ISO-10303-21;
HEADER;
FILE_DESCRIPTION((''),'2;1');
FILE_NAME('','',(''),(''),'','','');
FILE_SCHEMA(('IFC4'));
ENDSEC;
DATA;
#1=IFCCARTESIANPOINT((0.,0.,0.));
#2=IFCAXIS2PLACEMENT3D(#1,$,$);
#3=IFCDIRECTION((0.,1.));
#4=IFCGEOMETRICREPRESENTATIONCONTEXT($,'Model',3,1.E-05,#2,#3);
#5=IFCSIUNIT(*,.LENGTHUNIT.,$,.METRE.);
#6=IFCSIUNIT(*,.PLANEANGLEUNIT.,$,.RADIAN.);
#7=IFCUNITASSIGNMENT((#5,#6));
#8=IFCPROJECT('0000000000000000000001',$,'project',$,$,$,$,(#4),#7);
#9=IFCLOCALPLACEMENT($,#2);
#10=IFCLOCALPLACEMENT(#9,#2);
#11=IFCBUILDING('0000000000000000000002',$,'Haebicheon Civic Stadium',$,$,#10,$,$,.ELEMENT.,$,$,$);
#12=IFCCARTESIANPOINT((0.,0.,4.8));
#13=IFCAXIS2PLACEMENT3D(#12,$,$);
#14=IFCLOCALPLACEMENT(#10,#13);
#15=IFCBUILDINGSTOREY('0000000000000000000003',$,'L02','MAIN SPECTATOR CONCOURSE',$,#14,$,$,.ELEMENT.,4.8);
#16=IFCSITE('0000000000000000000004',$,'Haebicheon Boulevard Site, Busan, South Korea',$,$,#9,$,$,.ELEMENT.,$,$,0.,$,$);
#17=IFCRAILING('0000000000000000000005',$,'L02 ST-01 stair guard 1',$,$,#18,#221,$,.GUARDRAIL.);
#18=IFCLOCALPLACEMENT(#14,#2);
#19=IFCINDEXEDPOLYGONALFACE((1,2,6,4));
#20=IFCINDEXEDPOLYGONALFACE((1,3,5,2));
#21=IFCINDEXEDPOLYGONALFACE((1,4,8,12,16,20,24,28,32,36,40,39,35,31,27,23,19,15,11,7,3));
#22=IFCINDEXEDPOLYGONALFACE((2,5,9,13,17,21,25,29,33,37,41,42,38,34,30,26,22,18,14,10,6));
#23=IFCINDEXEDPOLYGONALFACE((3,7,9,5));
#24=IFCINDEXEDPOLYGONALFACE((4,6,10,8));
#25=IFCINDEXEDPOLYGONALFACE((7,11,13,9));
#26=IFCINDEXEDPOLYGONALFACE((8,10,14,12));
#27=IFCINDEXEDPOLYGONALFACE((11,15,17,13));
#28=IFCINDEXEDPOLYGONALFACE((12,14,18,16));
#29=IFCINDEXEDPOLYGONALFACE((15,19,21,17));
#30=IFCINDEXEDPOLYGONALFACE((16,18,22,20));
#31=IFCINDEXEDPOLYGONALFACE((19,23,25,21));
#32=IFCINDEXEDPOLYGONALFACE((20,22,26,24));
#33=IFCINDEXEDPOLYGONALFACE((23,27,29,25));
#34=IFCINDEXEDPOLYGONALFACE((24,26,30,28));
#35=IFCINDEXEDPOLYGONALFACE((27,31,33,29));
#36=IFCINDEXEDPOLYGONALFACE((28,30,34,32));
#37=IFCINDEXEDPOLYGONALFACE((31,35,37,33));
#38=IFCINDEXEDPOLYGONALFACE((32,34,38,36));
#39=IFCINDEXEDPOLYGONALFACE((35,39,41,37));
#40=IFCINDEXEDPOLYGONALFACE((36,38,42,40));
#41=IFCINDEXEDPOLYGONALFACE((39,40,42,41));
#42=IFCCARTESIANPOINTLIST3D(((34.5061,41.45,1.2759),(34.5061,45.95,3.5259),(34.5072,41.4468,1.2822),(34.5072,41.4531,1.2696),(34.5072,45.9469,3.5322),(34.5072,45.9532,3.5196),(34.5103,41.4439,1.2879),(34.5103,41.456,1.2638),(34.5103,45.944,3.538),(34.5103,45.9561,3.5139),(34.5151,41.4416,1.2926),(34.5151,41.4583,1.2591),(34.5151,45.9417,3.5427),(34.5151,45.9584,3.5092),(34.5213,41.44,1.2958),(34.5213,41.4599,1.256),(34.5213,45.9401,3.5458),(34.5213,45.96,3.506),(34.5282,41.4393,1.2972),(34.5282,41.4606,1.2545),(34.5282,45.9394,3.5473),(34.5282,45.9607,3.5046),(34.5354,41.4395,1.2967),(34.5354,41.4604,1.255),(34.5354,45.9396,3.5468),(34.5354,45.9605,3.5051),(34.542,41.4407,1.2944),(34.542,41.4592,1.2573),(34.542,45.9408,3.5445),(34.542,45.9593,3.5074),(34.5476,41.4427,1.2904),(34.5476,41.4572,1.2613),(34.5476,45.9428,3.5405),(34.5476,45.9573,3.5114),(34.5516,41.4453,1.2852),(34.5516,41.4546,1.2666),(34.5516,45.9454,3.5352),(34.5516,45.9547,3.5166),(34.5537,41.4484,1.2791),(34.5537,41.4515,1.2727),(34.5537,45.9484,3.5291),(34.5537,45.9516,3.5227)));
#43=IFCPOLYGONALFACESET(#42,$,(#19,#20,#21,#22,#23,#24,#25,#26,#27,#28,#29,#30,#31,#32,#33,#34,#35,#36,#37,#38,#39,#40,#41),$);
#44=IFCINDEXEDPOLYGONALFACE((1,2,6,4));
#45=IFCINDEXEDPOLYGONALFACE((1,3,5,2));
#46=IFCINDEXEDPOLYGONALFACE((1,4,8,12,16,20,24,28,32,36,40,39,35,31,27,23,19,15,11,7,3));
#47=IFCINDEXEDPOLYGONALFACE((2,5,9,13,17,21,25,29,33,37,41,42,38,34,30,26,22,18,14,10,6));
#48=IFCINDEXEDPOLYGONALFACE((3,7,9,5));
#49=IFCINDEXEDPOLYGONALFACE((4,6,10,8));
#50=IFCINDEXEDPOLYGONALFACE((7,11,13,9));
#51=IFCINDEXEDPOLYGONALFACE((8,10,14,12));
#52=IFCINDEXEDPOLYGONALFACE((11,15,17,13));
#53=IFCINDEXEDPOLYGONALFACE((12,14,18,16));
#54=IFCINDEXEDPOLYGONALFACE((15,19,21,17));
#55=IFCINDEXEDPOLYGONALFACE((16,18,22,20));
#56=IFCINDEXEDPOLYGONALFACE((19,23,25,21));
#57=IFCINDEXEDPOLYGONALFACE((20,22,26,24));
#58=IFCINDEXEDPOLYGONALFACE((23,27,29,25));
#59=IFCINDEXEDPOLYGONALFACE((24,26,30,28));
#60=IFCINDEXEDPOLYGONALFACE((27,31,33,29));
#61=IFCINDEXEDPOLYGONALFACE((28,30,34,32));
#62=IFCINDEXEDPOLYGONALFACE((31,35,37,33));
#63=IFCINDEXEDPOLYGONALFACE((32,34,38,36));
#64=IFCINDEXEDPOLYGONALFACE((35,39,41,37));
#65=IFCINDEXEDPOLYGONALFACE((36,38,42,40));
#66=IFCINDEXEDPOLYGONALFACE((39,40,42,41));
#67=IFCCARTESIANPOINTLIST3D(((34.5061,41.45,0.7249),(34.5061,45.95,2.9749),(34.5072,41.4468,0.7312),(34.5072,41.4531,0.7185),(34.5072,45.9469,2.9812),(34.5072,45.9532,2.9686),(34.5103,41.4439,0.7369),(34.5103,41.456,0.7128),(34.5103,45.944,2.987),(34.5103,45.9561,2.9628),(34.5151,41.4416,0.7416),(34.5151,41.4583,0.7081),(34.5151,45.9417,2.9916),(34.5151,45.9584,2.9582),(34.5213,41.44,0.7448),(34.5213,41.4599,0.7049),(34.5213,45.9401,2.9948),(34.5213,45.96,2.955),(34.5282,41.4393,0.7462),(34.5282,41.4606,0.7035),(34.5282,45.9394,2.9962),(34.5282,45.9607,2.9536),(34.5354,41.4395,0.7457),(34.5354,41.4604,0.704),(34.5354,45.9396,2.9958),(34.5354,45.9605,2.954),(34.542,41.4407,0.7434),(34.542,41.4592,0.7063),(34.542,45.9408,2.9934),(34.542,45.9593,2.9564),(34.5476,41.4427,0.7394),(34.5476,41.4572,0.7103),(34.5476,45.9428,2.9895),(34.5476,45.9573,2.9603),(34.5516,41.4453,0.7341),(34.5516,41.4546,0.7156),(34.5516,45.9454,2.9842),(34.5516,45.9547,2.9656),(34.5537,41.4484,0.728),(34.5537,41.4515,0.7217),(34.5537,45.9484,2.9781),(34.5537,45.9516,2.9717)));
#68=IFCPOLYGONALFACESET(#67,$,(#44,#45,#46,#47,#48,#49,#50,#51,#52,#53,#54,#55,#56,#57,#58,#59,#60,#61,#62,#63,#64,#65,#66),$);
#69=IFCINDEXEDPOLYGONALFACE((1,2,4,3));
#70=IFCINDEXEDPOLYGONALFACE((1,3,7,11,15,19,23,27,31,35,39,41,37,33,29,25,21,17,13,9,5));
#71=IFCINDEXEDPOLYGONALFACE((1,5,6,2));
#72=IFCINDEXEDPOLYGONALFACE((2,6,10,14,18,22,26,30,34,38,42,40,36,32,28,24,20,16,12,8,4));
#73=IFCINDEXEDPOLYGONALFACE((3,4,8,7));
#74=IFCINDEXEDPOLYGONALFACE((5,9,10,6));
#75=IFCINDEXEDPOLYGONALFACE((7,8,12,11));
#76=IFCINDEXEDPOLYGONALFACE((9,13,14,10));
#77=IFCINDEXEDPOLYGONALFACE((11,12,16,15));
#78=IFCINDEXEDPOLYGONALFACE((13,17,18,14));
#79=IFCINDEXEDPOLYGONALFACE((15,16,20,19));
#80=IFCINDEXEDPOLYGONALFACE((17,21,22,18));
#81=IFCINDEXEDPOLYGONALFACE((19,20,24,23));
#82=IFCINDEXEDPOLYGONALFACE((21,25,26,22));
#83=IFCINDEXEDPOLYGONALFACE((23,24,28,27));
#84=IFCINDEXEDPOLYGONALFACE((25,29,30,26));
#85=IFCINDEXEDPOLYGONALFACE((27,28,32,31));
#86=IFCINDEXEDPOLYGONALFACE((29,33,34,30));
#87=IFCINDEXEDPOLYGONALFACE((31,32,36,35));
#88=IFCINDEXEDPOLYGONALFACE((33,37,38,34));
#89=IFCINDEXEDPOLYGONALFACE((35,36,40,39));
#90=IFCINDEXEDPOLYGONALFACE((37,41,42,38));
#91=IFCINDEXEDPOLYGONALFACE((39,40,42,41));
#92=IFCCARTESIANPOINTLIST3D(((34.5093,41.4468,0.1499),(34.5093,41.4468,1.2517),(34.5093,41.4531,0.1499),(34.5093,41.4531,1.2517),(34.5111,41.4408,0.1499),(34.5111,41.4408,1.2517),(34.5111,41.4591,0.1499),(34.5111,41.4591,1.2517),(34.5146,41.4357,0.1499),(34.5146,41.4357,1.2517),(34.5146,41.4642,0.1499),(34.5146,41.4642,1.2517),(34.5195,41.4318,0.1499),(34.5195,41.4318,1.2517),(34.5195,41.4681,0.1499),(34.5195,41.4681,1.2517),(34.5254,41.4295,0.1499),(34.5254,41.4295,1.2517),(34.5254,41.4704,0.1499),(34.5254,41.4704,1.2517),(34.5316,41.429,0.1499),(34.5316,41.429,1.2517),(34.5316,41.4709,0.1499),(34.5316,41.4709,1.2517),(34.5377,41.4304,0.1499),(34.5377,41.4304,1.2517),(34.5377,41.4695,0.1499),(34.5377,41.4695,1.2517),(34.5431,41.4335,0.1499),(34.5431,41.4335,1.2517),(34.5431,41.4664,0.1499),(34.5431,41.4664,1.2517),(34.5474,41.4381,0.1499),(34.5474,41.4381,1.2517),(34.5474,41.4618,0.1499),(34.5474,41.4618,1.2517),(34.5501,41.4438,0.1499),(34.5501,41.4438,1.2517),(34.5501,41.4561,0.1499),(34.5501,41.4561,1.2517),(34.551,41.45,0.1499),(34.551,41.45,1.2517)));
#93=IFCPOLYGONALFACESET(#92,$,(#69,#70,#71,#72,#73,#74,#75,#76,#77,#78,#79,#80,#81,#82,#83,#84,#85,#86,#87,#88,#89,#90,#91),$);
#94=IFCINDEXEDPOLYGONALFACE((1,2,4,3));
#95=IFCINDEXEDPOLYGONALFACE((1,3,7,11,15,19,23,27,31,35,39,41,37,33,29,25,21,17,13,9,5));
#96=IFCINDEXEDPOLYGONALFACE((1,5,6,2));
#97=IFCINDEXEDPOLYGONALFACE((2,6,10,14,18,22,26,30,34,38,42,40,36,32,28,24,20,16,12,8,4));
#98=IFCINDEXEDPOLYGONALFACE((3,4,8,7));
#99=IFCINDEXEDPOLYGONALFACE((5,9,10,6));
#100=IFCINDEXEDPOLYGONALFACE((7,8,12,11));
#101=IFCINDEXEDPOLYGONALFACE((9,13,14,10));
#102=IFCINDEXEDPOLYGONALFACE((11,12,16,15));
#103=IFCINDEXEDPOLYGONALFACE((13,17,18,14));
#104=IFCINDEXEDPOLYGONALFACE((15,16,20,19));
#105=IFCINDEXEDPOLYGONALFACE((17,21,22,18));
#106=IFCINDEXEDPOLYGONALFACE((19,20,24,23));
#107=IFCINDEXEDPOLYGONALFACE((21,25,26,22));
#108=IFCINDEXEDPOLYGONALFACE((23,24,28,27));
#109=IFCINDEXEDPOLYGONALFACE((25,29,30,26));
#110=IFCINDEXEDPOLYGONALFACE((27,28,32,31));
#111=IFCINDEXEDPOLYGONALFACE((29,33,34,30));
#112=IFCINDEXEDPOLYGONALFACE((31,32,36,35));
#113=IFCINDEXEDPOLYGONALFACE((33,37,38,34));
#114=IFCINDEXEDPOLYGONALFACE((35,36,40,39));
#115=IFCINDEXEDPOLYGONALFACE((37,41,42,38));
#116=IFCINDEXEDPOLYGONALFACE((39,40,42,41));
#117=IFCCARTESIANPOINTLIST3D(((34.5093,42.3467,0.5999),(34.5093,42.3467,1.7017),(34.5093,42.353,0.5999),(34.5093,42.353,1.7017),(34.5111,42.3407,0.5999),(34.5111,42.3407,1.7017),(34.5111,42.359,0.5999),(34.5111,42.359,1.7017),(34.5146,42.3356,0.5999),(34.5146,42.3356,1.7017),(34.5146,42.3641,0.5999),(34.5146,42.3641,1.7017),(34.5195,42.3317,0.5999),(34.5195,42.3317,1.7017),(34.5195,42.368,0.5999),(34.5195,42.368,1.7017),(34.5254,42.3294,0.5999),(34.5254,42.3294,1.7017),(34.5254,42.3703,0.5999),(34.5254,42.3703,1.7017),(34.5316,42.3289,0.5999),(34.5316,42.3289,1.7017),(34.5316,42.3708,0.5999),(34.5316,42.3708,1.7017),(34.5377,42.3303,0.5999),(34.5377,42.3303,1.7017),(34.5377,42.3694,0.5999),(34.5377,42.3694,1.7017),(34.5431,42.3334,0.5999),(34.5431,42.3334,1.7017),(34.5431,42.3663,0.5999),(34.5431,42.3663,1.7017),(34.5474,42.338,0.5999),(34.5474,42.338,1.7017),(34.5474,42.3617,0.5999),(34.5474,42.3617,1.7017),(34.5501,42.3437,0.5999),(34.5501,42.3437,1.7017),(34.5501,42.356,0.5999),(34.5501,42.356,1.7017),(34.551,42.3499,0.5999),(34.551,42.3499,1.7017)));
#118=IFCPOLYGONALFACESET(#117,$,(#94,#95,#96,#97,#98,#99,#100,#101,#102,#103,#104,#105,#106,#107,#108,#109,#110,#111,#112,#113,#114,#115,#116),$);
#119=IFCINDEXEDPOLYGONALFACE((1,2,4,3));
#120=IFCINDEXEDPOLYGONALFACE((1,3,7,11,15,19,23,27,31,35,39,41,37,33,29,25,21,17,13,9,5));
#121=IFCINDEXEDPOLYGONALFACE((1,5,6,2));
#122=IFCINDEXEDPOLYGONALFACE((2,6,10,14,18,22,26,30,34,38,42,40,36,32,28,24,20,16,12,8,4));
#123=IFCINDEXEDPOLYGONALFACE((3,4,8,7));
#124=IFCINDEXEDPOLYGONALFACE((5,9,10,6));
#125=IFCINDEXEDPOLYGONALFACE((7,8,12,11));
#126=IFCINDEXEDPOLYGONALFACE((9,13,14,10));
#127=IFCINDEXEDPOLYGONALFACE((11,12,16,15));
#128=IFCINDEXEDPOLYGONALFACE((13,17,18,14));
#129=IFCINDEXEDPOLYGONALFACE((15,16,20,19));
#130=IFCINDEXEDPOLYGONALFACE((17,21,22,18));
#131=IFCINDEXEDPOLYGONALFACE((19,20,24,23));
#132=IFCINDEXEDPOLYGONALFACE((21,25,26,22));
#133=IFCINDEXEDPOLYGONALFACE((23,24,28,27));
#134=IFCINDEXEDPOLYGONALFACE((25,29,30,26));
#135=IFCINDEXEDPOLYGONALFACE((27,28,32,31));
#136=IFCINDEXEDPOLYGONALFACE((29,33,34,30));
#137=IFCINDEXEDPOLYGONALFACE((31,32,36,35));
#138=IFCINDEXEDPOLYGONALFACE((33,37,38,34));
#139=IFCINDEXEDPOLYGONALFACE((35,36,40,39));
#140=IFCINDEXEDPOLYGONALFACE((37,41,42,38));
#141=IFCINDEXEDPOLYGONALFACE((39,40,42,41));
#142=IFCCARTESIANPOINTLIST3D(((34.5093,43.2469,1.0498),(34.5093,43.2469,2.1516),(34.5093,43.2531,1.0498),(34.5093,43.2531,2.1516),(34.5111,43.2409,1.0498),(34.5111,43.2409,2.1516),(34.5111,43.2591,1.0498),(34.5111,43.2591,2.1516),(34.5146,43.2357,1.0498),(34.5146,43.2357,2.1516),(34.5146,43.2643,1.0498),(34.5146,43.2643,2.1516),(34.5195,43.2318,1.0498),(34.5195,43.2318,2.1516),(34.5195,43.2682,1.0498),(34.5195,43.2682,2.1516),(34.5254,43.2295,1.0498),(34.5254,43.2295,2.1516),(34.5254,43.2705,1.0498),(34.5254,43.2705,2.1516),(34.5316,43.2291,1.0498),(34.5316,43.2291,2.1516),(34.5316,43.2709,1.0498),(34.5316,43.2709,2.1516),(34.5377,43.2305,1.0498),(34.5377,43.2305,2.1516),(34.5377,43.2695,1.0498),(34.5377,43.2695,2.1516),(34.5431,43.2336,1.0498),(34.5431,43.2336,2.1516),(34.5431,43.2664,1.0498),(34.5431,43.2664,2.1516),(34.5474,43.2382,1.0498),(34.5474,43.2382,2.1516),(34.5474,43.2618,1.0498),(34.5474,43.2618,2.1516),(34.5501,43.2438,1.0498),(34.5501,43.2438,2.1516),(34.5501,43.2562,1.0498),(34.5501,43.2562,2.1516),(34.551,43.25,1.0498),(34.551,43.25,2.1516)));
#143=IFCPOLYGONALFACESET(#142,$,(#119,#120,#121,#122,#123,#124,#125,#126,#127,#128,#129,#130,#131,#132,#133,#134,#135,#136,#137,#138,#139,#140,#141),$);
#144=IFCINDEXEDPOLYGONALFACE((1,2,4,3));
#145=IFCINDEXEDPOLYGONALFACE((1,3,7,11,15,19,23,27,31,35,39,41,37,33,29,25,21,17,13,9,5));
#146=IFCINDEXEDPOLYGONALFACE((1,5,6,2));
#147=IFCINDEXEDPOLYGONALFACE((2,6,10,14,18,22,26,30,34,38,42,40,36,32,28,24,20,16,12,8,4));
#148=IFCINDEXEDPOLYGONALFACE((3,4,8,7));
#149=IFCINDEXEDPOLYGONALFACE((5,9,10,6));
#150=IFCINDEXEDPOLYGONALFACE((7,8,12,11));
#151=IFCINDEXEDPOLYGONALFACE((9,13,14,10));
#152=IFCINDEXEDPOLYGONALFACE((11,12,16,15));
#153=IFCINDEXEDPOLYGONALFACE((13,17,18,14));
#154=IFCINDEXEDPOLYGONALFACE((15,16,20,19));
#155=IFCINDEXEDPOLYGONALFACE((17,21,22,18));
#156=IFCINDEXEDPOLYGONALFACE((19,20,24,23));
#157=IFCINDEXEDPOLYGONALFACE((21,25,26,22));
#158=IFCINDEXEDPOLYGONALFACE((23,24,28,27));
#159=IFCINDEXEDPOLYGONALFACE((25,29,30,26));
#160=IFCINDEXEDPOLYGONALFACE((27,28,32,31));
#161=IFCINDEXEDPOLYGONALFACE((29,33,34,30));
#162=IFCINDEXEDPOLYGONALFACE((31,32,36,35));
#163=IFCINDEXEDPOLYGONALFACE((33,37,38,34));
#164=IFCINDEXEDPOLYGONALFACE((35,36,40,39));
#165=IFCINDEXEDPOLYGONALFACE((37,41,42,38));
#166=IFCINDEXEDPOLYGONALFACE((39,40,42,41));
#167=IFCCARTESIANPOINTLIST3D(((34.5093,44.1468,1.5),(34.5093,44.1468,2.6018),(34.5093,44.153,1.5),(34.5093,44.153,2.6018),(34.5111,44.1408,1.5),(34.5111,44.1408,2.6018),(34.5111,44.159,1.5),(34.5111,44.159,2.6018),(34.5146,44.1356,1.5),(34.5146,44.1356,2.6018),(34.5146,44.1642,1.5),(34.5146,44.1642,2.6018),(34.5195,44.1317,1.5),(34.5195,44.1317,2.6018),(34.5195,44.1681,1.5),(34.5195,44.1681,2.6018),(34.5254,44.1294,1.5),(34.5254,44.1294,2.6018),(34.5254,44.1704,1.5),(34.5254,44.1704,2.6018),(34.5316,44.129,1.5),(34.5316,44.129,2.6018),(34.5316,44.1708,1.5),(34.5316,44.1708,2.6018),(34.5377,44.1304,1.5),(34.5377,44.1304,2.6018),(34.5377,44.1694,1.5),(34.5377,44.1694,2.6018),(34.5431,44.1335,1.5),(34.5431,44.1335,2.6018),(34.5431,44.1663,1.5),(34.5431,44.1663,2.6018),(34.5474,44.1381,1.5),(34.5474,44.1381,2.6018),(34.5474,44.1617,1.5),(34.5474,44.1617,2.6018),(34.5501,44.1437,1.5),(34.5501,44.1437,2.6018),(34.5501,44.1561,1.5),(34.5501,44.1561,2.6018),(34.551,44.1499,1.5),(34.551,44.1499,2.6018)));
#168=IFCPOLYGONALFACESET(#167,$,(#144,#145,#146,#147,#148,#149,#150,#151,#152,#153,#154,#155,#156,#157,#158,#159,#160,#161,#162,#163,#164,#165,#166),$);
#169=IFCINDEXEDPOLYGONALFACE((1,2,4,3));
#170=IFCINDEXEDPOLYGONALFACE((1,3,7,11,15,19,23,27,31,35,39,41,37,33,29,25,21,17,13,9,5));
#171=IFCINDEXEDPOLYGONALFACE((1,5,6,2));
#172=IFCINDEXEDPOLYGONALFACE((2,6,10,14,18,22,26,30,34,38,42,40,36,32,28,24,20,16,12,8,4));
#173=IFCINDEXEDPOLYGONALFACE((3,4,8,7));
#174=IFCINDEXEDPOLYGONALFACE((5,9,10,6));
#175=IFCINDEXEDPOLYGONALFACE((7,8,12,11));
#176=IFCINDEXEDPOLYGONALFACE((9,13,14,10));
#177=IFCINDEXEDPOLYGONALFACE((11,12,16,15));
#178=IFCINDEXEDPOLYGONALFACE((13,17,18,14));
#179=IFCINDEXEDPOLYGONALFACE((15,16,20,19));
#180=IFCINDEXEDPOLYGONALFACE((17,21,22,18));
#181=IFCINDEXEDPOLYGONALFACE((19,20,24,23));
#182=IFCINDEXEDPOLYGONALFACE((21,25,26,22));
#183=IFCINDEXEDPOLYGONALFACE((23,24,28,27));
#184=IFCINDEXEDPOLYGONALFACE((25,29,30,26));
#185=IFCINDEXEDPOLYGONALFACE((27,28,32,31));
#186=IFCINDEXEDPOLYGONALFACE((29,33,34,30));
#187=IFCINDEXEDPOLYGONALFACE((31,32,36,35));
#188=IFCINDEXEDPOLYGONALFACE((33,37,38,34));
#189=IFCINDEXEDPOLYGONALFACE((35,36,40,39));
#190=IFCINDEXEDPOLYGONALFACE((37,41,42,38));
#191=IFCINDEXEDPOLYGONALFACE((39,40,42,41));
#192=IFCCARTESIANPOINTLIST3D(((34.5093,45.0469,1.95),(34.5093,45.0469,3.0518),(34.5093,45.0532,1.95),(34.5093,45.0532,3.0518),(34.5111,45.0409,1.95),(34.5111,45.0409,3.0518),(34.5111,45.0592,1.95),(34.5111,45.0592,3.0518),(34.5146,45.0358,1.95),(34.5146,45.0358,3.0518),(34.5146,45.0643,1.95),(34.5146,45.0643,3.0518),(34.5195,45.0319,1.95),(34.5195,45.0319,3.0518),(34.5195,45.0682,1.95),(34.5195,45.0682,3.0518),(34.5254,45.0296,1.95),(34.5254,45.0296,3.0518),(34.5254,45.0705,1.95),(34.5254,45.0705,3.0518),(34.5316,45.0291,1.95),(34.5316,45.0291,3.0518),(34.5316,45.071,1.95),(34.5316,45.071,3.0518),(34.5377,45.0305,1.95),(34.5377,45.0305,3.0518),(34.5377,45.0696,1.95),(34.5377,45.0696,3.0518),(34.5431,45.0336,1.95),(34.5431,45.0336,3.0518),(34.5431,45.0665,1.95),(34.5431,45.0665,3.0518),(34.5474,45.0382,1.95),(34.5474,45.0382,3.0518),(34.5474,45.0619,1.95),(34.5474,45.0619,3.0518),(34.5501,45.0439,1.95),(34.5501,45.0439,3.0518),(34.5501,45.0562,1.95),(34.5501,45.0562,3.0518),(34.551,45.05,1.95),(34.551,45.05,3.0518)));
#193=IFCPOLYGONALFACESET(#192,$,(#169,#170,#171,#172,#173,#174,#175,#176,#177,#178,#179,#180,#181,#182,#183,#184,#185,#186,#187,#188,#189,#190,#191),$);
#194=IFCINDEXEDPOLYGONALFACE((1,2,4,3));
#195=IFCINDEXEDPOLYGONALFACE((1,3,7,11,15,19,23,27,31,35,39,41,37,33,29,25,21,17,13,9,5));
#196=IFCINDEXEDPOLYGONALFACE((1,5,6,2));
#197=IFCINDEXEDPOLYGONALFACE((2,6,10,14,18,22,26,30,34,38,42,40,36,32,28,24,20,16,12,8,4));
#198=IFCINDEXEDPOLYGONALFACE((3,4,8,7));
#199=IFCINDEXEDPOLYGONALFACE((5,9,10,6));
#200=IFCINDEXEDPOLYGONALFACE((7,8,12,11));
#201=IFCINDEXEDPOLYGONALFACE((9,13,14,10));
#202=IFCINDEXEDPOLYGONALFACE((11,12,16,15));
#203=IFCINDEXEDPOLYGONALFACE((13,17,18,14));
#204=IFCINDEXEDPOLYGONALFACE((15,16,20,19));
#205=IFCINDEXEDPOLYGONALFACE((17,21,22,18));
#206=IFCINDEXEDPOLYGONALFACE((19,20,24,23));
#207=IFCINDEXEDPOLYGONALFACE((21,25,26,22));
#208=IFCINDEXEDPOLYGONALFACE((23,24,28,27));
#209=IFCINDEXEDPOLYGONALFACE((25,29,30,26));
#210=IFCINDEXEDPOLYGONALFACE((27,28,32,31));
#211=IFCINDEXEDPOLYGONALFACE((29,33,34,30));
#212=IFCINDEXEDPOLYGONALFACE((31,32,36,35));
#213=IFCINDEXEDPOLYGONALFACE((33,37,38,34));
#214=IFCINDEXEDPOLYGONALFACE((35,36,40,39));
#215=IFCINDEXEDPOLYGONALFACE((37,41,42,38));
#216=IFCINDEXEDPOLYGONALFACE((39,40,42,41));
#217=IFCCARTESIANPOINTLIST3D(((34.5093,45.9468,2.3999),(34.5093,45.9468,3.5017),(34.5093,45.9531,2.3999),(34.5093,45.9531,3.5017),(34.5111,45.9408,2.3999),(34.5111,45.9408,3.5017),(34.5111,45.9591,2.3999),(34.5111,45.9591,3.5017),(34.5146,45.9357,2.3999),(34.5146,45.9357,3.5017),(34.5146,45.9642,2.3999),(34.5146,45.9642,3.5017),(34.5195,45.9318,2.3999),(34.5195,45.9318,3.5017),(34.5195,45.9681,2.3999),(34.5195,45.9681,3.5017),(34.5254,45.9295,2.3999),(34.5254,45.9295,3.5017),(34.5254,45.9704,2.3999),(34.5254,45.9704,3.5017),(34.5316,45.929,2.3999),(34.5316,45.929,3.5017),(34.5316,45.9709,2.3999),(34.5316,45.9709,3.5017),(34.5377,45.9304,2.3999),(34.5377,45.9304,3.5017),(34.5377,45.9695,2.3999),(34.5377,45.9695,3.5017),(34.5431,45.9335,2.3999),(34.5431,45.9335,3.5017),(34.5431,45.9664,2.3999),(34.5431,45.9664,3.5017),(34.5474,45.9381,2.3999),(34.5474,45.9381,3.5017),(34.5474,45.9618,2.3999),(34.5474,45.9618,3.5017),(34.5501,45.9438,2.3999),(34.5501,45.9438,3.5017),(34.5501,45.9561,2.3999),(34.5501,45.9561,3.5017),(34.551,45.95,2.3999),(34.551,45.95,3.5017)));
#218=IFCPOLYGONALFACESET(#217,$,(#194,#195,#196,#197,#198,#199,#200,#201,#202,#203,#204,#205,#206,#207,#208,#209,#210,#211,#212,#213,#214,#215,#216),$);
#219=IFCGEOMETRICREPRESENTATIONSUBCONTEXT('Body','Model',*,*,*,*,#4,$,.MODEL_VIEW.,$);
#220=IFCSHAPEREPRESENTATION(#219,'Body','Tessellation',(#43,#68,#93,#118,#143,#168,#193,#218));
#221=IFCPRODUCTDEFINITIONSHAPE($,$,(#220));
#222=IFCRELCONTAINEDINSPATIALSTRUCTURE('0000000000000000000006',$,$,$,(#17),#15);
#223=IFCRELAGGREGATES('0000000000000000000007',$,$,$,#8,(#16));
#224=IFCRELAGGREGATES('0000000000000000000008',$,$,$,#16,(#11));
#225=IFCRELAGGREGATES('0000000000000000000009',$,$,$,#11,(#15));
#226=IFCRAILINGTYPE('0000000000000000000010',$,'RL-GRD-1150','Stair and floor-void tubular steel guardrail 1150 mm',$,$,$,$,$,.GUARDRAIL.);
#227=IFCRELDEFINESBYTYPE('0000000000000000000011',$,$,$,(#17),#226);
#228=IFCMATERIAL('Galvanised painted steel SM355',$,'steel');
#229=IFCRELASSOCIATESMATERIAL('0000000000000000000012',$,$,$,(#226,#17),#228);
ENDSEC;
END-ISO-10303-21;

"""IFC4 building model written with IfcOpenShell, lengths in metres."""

from ifc_helpers import new_model, si_unit, direction, frame, origin, origin_2d, place, context, subcontext, project, spatial, circle, extrude, material, type_object, element, save


model = new_model("IFC4")

# Units and contexts
model_context = context("Model", 3, precision=1e-05, world=origin(), true_north=direction((0.0, 1.0)))
body_context = subcontext(model_context, "Body", "Model", "MODEL_VIEW")
ifc_project = project(units=[si_unit("LENGTHUNIT", "METRE"), si_unit("PLANEANGLEUNIT", "RADIAN")], contexts=[model_context])

# Site, building, storey
site_placement = place(None, origin())
site = spatial("IfcSite", under=ifc_project, at=site_placement, Name="Haebicheon Boulevard Site, Busan, South Korea", CompositionType="ELEMENT", RefElevation=0.0)
building_placement = place(site_placement, origin())
building = spatial("IfcBuilding", under=site, at=building_placement, Name="Haebicheon Civic Stadium", CompositionType="ELEMENT")
storey_placement = place(building_placement, frame((0.0, 0.0, 4.8)))
storey = spatial("IfcBuildingStorey", under=building, at=storey_placement, Name="L02", Description="MAIN SPECTATOR CONCOURSE", CompositionType="ELEMENT", Elevation=4.8)

# Railing
ifc_material_1 = material(Name="Galvanised painted steel SM355", Category="steel")
railing_type_1 = type_object("IfcRailingType", Name="RL-GRD-1150", Description="Stair and floor-void tubular steel guardrail 1150 mm", PredefinedType="GUARDRAIL", material=ifc_material_1)
railing_1_placement = place(storey_placement, frame((34.53, 41.45, 0.1499)))
element("IfcRailing", 1, at=railing_1_placement, inside=storey, type_object=railing_type_1, material=ifc_material_1, Name="L02 ST-01 stair guard 1", PredefinedType="GUARDRAIL", context=body_context, shape_type="SweptSolid", body=[
    extrude(circle(Radius=0.0239, at=origin_2d()), frame((0.0, 0.0, 1.126), z_axis=(0.0, 0.894427, 0.447214), x_axis=(-1.0, 0.0, 0.0)), (0.0, 0.0, 1.0), 5.0312),
    extrude(circle(Radius=0.0239, at=origin_2d()), frame((0.0, 0.0, 0.575), z_axis=(0.0, 0.894427, 0.447214), x_axis=(-1.0, 0.0, 0.0)), (0.0, 0.0, 1.0), 5.0312),
    extrude(circle(Radius=0.021, at=origin_2d()), origin(), (0.0, 0.0, 1.0), 1.1018),
    extrude(circle(Radius=0.021, at=origin_2d()), frame((0.0, 0.8999, 0.45)), (0.0, 0.0, 1.0), 1.1018),
    extrude(circle(Radius=0.021, at=origin_2d()), frame((0.0, 1.8, 0.8999)), (0.0, 0.0, 1.0), 1.1018),
    extrude(circle(Radius=0.021, at=origin_2d()), frame((0.0, 2.7, 1.3501)), (0.0, 0.0, 1.0), 1.1018),
    extrude(circle(Radius=0.021, at=origin_2d()), frame((0.0, 3.6001, 1.8)), (0.0, 0.0, 1.0), 1.1018),
    extrude(circle(Radius=0.021, at=origin_2d()), frame((0.0, 4.5, 2.25)), (0.0, 0.0, 1.0), 1.1018),
])

save(model, "model.ifc")
